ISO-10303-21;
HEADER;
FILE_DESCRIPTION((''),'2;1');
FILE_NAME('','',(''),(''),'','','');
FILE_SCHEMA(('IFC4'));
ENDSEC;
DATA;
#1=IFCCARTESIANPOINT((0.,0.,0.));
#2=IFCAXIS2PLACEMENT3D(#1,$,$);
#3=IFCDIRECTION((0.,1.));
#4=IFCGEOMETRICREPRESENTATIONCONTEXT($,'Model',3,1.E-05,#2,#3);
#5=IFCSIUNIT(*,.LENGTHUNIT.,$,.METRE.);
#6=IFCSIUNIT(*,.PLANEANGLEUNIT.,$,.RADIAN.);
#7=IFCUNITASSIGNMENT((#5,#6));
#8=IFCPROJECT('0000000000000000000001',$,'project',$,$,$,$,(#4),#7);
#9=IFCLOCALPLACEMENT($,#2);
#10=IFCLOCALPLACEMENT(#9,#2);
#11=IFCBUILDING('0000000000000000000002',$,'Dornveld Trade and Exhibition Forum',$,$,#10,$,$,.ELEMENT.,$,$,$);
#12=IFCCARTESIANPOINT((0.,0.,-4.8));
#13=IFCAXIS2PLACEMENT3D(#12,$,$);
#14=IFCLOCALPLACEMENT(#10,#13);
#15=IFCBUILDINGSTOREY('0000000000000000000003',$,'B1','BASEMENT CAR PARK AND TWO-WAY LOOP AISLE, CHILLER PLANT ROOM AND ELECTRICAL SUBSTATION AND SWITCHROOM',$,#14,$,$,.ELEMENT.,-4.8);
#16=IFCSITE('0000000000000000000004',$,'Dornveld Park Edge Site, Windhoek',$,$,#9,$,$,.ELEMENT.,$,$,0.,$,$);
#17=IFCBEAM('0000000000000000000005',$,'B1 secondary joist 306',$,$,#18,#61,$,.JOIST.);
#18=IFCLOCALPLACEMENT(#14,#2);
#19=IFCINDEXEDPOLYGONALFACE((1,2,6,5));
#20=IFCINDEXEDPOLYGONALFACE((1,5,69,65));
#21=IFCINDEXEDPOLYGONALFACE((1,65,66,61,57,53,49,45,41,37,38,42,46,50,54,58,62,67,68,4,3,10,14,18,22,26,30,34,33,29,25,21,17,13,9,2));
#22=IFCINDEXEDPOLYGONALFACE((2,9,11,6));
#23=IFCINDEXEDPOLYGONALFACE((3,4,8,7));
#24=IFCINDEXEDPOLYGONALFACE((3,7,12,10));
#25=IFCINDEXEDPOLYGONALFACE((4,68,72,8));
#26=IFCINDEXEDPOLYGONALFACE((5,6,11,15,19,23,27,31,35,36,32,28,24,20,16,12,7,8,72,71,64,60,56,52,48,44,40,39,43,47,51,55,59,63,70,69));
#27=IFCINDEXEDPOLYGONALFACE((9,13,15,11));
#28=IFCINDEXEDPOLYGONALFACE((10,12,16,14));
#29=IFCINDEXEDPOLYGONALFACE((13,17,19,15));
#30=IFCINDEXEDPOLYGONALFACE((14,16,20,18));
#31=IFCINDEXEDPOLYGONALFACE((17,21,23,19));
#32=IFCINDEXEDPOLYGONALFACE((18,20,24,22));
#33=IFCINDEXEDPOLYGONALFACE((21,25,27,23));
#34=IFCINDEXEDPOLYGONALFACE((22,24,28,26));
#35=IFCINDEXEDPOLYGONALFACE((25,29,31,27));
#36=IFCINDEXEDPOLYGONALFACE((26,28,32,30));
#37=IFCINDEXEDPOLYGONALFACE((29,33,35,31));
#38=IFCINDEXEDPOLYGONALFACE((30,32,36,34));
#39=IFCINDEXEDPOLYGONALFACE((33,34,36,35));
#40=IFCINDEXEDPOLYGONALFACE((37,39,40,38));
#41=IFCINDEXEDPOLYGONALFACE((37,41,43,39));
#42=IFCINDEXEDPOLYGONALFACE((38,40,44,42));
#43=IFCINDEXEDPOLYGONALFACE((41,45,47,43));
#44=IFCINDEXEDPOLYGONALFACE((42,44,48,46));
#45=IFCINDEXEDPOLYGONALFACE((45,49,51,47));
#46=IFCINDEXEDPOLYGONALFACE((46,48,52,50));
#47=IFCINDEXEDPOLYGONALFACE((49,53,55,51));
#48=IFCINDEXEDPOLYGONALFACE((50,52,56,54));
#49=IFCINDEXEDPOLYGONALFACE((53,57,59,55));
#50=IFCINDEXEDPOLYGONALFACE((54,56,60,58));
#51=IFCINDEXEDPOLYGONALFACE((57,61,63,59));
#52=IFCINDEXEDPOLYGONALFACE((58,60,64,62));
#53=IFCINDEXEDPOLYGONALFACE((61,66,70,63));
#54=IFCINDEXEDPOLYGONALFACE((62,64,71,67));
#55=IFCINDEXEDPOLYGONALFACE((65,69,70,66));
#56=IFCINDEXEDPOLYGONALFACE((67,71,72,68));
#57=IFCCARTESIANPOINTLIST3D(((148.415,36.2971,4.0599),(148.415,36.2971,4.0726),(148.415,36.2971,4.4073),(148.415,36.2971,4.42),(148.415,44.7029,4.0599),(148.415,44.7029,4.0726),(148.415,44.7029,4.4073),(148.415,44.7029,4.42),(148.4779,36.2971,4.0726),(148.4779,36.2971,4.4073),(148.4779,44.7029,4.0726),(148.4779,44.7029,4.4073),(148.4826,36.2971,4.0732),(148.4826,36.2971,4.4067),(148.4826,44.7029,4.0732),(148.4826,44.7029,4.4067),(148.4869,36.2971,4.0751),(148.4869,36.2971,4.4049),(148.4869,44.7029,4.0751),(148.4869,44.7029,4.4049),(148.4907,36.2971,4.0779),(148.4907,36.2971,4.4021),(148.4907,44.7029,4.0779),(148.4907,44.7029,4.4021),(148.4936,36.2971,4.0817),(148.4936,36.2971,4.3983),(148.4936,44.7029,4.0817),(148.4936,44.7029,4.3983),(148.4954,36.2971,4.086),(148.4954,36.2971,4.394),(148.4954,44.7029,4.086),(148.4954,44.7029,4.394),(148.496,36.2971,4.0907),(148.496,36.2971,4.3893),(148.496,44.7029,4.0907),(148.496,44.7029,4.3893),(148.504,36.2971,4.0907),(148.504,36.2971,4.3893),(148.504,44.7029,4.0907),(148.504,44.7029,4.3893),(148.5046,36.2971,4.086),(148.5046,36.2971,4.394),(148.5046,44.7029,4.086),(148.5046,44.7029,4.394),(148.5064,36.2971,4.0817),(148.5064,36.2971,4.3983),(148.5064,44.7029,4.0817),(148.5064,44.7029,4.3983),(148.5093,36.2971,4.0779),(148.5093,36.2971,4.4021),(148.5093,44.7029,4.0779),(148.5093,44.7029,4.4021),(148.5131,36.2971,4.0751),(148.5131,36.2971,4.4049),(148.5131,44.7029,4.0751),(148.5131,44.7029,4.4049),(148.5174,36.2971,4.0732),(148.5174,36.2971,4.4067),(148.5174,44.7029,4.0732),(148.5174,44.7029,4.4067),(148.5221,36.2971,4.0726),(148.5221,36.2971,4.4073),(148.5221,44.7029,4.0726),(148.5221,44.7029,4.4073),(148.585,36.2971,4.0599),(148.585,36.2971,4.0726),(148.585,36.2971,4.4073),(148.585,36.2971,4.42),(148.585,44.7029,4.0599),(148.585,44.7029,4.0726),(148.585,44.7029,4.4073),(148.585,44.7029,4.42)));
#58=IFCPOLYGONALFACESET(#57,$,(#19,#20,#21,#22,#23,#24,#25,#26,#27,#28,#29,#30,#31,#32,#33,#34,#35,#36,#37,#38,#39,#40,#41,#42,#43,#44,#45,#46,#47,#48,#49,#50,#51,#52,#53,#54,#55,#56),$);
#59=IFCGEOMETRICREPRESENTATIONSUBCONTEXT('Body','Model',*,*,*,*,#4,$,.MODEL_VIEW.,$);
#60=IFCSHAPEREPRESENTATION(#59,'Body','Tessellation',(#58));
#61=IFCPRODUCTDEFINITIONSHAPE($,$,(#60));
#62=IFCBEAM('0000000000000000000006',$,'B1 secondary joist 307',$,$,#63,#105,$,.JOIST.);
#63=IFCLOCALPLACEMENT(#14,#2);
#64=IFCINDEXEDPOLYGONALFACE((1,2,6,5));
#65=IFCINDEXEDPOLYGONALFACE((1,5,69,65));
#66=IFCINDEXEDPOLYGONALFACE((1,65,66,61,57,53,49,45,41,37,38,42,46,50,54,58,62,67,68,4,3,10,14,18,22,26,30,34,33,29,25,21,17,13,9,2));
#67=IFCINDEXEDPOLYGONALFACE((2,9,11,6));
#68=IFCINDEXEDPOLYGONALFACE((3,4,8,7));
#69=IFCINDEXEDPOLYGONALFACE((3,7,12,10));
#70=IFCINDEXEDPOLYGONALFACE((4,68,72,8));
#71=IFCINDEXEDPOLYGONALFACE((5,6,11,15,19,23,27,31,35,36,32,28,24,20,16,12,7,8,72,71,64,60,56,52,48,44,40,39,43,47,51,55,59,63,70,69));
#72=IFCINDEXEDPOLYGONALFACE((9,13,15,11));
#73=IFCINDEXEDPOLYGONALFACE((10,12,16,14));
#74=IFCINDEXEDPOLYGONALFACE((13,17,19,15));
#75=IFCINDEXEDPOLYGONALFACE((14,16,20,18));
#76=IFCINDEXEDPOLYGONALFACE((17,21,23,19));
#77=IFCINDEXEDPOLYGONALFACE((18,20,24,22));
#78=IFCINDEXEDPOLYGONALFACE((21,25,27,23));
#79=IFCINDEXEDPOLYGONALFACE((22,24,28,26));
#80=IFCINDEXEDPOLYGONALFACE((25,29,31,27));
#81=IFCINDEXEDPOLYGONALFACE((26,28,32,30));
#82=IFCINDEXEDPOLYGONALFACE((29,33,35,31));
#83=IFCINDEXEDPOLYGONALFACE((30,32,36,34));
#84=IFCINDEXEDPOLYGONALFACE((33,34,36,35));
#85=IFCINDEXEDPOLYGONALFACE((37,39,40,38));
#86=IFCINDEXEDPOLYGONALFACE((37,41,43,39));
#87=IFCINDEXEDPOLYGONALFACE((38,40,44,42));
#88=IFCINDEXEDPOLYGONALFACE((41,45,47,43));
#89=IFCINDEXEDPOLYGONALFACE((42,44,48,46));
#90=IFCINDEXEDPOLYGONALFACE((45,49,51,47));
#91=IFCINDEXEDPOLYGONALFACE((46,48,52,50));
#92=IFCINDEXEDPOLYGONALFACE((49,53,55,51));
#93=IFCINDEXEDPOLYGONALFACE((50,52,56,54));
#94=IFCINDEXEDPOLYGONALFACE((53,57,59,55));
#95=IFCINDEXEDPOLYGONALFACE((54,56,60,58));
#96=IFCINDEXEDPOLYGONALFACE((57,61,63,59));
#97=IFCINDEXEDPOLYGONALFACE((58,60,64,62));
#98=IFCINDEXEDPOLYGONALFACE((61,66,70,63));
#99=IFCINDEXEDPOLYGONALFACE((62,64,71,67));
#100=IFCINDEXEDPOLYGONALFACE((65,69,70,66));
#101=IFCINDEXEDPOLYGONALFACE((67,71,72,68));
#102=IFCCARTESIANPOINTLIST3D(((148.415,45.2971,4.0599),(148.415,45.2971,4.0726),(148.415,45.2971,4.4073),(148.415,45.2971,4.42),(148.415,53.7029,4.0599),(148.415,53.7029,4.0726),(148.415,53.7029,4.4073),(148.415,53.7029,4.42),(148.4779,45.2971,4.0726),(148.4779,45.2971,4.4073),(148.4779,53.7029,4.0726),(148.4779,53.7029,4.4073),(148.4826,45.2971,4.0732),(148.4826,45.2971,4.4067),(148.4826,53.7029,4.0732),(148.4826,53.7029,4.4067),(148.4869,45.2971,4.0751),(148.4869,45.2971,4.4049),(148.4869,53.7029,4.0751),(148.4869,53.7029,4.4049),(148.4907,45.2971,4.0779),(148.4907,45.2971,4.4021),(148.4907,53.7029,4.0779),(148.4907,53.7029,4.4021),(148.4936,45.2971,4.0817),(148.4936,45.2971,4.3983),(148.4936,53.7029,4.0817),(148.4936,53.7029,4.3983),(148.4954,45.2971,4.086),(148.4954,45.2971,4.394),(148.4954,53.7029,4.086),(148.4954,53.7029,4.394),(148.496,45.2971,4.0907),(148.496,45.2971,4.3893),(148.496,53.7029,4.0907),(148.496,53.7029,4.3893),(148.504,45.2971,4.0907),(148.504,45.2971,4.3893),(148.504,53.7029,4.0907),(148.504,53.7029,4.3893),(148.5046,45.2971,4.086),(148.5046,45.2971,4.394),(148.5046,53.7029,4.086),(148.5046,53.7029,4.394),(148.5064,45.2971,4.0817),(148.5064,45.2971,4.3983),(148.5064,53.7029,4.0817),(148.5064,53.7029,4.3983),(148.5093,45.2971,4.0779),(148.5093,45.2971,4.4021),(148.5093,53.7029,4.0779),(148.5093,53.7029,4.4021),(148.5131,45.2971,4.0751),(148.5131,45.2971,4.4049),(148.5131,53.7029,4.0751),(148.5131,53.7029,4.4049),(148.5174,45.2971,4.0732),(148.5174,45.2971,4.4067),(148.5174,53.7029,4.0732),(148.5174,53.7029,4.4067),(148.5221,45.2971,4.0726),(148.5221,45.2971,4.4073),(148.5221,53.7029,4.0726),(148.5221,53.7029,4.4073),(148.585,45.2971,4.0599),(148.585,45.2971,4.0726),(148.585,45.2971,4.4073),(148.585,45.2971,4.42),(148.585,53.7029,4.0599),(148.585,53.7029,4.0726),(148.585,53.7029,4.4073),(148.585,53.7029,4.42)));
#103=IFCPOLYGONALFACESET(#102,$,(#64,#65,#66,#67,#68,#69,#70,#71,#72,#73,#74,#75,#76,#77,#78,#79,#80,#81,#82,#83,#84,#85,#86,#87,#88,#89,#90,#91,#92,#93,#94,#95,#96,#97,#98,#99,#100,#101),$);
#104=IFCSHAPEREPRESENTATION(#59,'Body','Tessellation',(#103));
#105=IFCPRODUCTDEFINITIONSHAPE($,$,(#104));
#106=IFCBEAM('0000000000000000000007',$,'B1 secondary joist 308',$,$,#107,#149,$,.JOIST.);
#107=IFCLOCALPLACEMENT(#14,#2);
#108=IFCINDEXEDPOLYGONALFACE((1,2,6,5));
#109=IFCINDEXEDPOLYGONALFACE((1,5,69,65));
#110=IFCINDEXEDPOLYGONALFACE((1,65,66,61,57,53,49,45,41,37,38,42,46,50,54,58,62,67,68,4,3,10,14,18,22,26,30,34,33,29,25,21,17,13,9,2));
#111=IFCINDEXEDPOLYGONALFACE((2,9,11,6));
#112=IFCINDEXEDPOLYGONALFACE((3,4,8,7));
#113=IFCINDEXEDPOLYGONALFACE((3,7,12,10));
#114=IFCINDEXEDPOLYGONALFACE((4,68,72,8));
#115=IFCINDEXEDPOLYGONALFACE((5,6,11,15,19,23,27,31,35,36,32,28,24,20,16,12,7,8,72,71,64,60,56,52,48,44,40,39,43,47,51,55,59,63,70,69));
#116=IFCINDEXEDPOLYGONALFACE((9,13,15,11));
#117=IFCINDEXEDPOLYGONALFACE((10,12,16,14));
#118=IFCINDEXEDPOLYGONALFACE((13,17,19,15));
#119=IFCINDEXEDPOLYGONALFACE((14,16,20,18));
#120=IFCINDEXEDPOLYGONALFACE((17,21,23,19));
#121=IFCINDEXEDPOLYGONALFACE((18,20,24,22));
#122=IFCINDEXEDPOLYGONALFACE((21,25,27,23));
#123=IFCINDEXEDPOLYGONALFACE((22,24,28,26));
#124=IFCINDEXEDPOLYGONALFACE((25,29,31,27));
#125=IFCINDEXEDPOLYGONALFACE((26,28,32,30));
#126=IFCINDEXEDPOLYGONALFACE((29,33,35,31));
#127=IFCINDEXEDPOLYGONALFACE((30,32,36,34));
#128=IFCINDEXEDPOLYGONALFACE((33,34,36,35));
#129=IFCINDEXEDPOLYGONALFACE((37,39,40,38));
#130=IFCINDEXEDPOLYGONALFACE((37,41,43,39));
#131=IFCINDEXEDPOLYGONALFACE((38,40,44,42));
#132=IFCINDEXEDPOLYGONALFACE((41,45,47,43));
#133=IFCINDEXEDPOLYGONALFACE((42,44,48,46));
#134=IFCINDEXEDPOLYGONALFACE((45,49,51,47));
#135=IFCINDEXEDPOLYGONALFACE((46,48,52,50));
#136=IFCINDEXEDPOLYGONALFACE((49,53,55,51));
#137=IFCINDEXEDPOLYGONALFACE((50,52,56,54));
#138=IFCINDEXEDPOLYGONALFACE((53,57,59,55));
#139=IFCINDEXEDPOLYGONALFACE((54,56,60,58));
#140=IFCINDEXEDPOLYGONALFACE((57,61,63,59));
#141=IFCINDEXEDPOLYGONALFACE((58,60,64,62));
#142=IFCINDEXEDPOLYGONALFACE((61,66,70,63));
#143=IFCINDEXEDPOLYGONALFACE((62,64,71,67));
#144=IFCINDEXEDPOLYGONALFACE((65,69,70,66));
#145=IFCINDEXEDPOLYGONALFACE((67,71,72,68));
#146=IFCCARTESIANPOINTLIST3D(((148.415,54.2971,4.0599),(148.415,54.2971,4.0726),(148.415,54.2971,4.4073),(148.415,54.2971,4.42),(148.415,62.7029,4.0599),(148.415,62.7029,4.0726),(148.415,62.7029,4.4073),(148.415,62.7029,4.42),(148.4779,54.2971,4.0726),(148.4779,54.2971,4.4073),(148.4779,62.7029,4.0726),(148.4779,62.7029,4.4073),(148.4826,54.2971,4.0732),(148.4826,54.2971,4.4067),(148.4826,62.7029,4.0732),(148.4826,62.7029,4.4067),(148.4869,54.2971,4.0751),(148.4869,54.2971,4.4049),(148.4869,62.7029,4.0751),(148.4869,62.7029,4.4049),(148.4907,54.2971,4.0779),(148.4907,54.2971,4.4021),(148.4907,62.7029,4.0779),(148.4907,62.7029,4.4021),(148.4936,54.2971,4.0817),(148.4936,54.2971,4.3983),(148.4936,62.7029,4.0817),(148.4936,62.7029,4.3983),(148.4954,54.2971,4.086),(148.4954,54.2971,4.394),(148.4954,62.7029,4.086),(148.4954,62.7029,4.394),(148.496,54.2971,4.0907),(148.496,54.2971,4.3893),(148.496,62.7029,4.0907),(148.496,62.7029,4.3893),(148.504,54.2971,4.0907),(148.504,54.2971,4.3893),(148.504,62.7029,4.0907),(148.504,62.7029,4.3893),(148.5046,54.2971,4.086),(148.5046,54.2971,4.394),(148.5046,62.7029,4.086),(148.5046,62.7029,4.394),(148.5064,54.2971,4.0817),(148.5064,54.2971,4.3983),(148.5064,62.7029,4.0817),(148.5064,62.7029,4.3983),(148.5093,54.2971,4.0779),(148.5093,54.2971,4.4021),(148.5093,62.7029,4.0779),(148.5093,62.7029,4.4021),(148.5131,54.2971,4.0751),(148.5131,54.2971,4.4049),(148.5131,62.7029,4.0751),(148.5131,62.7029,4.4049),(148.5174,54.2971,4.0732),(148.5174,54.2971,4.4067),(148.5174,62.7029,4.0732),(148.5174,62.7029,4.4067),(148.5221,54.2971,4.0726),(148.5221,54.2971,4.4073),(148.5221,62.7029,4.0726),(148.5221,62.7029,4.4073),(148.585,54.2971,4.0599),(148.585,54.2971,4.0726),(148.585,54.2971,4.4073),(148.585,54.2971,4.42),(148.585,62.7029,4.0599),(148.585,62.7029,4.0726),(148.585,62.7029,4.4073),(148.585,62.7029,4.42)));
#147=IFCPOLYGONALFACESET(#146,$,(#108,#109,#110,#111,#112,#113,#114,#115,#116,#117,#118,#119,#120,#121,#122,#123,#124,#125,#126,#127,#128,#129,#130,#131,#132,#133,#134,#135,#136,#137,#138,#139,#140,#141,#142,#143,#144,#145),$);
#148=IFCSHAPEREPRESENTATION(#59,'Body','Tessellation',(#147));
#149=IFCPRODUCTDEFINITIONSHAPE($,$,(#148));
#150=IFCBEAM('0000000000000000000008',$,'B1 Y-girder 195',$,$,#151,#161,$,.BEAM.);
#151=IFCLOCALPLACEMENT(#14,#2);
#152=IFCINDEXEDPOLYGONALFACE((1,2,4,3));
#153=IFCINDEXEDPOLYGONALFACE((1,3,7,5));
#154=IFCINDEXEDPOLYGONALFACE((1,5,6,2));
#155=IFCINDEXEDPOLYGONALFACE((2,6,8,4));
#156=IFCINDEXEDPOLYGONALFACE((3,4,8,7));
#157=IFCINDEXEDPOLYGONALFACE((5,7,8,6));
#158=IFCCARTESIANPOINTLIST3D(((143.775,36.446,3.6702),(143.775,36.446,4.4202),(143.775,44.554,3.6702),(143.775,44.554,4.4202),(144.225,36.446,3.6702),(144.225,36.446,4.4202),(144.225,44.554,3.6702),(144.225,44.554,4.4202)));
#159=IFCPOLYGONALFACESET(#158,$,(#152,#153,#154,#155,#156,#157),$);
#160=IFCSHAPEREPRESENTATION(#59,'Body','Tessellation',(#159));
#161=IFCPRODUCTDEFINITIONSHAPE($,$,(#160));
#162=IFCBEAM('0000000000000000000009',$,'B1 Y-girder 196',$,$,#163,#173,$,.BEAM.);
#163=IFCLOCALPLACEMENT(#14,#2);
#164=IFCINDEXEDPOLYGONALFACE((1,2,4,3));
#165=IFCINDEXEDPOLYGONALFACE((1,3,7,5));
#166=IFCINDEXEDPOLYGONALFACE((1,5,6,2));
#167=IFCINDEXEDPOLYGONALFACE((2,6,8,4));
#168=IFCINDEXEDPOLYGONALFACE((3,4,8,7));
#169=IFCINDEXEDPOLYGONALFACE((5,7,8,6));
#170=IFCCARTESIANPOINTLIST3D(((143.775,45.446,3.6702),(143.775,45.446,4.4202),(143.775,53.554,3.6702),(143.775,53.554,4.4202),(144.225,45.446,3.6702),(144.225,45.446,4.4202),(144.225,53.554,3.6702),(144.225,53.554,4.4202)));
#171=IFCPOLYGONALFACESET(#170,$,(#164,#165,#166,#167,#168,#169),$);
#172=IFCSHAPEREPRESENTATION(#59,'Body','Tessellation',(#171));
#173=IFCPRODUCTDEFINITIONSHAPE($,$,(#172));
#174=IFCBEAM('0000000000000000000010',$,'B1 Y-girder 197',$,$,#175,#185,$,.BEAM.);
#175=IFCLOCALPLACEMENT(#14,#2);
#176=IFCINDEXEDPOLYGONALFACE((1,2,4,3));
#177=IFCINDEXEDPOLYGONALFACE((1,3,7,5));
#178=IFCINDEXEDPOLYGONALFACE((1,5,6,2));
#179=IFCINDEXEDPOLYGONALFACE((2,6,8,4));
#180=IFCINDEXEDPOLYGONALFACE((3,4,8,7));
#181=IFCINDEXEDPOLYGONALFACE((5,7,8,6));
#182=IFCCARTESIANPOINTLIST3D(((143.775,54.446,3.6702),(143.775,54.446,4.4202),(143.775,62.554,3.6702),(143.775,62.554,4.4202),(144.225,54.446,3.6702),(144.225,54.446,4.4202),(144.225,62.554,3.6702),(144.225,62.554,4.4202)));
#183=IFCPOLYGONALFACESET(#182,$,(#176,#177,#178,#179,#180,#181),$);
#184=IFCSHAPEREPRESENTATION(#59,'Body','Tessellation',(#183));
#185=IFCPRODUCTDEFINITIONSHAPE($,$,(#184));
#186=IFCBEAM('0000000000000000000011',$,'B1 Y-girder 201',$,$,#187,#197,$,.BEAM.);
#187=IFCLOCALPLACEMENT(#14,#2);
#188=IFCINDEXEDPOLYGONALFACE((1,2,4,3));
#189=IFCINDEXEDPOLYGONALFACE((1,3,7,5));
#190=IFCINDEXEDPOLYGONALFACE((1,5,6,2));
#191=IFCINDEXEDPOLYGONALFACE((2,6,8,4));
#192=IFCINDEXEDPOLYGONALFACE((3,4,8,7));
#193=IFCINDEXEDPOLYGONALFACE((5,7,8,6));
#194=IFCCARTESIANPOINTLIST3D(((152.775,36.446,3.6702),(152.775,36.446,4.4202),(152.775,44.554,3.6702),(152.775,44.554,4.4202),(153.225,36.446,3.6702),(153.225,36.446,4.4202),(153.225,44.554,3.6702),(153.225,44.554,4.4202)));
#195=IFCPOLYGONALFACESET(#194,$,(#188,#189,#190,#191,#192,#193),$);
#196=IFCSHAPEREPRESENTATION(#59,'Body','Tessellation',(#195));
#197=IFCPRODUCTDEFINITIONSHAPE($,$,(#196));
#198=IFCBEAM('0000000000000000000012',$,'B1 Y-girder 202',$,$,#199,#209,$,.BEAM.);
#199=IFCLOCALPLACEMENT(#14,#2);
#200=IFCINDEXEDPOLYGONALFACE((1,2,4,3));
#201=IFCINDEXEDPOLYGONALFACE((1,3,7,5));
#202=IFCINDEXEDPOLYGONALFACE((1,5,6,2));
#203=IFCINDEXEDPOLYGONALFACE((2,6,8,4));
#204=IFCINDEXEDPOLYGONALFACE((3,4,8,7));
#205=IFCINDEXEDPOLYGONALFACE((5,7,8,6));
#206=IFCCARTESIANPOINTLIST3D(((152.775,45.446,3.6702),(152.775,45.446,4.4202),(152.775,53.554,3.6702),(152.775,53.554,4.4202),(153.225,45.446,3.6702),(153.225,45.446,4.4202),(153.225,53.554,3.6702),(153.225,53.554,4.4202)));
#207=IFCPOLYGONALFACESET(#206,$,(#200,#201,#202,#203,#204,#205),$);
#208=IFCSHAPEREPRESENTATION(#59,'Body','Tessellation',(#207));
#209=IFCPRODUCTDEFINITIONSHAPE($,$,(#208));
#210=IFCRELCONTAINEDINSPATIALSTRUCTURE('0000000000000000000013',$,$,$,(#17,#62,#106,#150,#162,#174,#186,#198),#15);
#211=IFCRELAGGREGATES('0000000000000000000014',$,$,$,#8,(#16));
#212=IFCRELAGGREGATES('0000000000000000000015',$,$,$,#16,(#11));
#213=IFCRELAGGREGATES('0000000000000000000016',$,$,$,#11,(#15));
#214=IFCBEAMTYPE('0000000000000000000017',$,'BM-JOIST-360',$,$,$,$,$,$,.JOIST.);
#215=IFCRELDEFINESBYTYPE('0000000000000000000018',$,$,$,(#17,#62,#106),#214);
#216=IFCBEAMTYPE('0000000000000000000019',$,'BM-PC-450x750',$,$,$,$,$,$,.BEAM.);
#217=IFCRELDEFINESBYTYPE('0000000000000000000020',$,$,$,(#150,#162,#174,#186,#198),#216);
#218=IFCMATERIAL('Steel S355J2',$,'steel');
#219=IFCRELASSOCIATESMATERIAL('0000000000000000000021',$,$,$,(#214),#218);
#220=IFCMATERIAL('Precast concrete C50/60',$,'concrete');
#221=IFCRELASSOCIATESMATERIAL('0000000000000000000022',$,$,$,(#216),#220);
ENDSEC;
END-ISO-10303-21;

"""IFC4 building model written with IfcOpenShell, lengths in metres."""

from ifc_helpers import new_model, si_unit, direction, frame, origin, origin_2d, place, context, subcontext, project, spatial, rectangle, i_section, extrude, material, material_profile, profile_set, type_object, element, save


model = new_model("IFC4")

# Units and contexts
model_context = context("Model", 3, precision=1e-05, world=origin(), true_north=direction((0.0, 1.0)))
body_context = subcontext(model_context, "Body", "Model", "MODEL_VIEW")
ifc_project = project(units=[si_unit("LENGTHUNIT", "METRE"), si_unit("PLANEANGLEUNIT", "RADIAN")], contexts=[model_context])

# Site, building, storey
site_placement = place(None, origin())
site = spatial("IfcSite", under=ifc_project, at=site_placement, Name="Dornveld Park Edge Site, Windhoek", CompositionType="ELEMENT", RefElevation=0.0)
building_placement = place(site_placement, origin())
building = spatial("IfcBuilding", under=site, at=building_placement, Name="Dornveld Trade and Exhibition Forum", CompositionType="ELEMENT")
storey_placement = place(building_placement, frame((0.0, 0.0, -4.8)))
storey = spatial("IfcBuildingStorey", under=building, at=storey_placement, Name="B1", Description="BASEMENT CAR PARK AND TWO-WAY LOOP AISLE, CHILLER PLANT ROOM AND ELECTRICAL SUBSTATION AND SWITCHROOM", CompositionType="ELEMENT", Elevation=-4.8)

# Beams
ifc_material_1 = material(Name="Steel S355J2", Category="steel")
ifc_material_profile_1 = material_profile(ifc_material_1, i_section(OverallWidth=0.1699, OverallDepth=0.3601, WebThickness=0.0081, FlangeThickness=0.0127, FilletRadius=0.0181, at=origin_2d()), Name="IPE 360")
ifc_profile_set_1 = profile_set([ifc_material_profile_1], Name="Steel S355J2")
beam_type_1 = type_object("IfcBeamType", Name="BM-JOIST-360", PredefinedType="JOIST", material=ifc_profile_set_1)
for number, where, z_axis, x_axis, name in (
    (1, (148.5, 36.2971, 4.24), (0.0, 1.0, 0.0), (-1.0, 0.0, 0.0), "B1 secondary joist 306"),
    (2, (148.5, 45.2971, 4.24), (0.0, 1.0, 0.0), (-1.0, 0.0, 0.0), "B1 secondary joist 307"),
    (3, (148.5, 54.2971, 4.24), (0.0, 1.0, 0.0), (-1.0, 0.0, 0.0), "B1 secondary joist 308"),
):
    element("IfcBeam", number, at=place(storey_placement, frame(where, z_axis=z_axis, x_axis=x_axis)), inside=storey, type_object=beam_type_1, Name=name, PredefinedType="JOIST", context=body_context, shape_type="SweptSolid", body=[
        extrude(i_section(OverallWidth=0.1699, OverallDepth=0.3601, WebThickness=0.0081, FlangeThickness=0.0127, FilletRadius=0.0181, at=origin_2d()), origin(), (0.0, 0.0, 1.0), 8.4058),
    ])
ifc_material_2 = material(Name="Precast concrete C50/60", Category="concrete")
ifc_material_profile_2 = material_profile(ifc_material_2, rectangle(XDim=0.45, YDim=0.75, at=origin_2d()), Name="PC-BM 450x750")
ifc_profile_set_2 = profile_set([ifc_material_profile_2], Name="Precast concrete C50/60")
beam_type_2 = type_object("IfcBeamType", Name="BM-PC-450x750", PredefinedType="BEAM", material=ifc_profile_set_2)
for number, where, z_axis, x_axis, name in (
    (4, (144.0, 36.446, 4.0452), (0.0, 1.0, 0.0), (-1.0, 0.0, 0.0), "B1 Y-girder 195"),
    (5, (144.0, 45.446, 4.0452), (0.0, 1.0, 0.0), (-1.0, 0.0, 0.0), "B1 Y-girder 196"),
    (6, (144.0, 54.446, 4.0452), (0.0, 1.0, 0.0), (-1.0, 0.0, 0.0), "B1 Y-girder 197"),
    (7, (153.0, 36.446, 4.0452), (0.0, 1.0, 0.0), (-1.0, 0.0, 0.0), "B1 Y-girder 201"),
    (8, (153.0, 45.446, 4.0452), (0.0, 1.0, 0.0), (-1.0, 0.0, 0.0), "B1 Y-girder 202"),
):
    element("IfcBeam", number, at=place(storey_placement, frame(where, z_axis=z_axis, x_axis=x_axis)), inside=storey, type_object=beam_type_2, Name=name, PredefinedType="BEAM", context=body_context, shape_type="SweptSolid", body=[
        extrude(rectangle(XDim=0.45, YDim=0.75, at=origin_2d()), origin(), (0.0, 0.0, 1.0), 8.1079),
    ])

save(model, "model.ifc")
